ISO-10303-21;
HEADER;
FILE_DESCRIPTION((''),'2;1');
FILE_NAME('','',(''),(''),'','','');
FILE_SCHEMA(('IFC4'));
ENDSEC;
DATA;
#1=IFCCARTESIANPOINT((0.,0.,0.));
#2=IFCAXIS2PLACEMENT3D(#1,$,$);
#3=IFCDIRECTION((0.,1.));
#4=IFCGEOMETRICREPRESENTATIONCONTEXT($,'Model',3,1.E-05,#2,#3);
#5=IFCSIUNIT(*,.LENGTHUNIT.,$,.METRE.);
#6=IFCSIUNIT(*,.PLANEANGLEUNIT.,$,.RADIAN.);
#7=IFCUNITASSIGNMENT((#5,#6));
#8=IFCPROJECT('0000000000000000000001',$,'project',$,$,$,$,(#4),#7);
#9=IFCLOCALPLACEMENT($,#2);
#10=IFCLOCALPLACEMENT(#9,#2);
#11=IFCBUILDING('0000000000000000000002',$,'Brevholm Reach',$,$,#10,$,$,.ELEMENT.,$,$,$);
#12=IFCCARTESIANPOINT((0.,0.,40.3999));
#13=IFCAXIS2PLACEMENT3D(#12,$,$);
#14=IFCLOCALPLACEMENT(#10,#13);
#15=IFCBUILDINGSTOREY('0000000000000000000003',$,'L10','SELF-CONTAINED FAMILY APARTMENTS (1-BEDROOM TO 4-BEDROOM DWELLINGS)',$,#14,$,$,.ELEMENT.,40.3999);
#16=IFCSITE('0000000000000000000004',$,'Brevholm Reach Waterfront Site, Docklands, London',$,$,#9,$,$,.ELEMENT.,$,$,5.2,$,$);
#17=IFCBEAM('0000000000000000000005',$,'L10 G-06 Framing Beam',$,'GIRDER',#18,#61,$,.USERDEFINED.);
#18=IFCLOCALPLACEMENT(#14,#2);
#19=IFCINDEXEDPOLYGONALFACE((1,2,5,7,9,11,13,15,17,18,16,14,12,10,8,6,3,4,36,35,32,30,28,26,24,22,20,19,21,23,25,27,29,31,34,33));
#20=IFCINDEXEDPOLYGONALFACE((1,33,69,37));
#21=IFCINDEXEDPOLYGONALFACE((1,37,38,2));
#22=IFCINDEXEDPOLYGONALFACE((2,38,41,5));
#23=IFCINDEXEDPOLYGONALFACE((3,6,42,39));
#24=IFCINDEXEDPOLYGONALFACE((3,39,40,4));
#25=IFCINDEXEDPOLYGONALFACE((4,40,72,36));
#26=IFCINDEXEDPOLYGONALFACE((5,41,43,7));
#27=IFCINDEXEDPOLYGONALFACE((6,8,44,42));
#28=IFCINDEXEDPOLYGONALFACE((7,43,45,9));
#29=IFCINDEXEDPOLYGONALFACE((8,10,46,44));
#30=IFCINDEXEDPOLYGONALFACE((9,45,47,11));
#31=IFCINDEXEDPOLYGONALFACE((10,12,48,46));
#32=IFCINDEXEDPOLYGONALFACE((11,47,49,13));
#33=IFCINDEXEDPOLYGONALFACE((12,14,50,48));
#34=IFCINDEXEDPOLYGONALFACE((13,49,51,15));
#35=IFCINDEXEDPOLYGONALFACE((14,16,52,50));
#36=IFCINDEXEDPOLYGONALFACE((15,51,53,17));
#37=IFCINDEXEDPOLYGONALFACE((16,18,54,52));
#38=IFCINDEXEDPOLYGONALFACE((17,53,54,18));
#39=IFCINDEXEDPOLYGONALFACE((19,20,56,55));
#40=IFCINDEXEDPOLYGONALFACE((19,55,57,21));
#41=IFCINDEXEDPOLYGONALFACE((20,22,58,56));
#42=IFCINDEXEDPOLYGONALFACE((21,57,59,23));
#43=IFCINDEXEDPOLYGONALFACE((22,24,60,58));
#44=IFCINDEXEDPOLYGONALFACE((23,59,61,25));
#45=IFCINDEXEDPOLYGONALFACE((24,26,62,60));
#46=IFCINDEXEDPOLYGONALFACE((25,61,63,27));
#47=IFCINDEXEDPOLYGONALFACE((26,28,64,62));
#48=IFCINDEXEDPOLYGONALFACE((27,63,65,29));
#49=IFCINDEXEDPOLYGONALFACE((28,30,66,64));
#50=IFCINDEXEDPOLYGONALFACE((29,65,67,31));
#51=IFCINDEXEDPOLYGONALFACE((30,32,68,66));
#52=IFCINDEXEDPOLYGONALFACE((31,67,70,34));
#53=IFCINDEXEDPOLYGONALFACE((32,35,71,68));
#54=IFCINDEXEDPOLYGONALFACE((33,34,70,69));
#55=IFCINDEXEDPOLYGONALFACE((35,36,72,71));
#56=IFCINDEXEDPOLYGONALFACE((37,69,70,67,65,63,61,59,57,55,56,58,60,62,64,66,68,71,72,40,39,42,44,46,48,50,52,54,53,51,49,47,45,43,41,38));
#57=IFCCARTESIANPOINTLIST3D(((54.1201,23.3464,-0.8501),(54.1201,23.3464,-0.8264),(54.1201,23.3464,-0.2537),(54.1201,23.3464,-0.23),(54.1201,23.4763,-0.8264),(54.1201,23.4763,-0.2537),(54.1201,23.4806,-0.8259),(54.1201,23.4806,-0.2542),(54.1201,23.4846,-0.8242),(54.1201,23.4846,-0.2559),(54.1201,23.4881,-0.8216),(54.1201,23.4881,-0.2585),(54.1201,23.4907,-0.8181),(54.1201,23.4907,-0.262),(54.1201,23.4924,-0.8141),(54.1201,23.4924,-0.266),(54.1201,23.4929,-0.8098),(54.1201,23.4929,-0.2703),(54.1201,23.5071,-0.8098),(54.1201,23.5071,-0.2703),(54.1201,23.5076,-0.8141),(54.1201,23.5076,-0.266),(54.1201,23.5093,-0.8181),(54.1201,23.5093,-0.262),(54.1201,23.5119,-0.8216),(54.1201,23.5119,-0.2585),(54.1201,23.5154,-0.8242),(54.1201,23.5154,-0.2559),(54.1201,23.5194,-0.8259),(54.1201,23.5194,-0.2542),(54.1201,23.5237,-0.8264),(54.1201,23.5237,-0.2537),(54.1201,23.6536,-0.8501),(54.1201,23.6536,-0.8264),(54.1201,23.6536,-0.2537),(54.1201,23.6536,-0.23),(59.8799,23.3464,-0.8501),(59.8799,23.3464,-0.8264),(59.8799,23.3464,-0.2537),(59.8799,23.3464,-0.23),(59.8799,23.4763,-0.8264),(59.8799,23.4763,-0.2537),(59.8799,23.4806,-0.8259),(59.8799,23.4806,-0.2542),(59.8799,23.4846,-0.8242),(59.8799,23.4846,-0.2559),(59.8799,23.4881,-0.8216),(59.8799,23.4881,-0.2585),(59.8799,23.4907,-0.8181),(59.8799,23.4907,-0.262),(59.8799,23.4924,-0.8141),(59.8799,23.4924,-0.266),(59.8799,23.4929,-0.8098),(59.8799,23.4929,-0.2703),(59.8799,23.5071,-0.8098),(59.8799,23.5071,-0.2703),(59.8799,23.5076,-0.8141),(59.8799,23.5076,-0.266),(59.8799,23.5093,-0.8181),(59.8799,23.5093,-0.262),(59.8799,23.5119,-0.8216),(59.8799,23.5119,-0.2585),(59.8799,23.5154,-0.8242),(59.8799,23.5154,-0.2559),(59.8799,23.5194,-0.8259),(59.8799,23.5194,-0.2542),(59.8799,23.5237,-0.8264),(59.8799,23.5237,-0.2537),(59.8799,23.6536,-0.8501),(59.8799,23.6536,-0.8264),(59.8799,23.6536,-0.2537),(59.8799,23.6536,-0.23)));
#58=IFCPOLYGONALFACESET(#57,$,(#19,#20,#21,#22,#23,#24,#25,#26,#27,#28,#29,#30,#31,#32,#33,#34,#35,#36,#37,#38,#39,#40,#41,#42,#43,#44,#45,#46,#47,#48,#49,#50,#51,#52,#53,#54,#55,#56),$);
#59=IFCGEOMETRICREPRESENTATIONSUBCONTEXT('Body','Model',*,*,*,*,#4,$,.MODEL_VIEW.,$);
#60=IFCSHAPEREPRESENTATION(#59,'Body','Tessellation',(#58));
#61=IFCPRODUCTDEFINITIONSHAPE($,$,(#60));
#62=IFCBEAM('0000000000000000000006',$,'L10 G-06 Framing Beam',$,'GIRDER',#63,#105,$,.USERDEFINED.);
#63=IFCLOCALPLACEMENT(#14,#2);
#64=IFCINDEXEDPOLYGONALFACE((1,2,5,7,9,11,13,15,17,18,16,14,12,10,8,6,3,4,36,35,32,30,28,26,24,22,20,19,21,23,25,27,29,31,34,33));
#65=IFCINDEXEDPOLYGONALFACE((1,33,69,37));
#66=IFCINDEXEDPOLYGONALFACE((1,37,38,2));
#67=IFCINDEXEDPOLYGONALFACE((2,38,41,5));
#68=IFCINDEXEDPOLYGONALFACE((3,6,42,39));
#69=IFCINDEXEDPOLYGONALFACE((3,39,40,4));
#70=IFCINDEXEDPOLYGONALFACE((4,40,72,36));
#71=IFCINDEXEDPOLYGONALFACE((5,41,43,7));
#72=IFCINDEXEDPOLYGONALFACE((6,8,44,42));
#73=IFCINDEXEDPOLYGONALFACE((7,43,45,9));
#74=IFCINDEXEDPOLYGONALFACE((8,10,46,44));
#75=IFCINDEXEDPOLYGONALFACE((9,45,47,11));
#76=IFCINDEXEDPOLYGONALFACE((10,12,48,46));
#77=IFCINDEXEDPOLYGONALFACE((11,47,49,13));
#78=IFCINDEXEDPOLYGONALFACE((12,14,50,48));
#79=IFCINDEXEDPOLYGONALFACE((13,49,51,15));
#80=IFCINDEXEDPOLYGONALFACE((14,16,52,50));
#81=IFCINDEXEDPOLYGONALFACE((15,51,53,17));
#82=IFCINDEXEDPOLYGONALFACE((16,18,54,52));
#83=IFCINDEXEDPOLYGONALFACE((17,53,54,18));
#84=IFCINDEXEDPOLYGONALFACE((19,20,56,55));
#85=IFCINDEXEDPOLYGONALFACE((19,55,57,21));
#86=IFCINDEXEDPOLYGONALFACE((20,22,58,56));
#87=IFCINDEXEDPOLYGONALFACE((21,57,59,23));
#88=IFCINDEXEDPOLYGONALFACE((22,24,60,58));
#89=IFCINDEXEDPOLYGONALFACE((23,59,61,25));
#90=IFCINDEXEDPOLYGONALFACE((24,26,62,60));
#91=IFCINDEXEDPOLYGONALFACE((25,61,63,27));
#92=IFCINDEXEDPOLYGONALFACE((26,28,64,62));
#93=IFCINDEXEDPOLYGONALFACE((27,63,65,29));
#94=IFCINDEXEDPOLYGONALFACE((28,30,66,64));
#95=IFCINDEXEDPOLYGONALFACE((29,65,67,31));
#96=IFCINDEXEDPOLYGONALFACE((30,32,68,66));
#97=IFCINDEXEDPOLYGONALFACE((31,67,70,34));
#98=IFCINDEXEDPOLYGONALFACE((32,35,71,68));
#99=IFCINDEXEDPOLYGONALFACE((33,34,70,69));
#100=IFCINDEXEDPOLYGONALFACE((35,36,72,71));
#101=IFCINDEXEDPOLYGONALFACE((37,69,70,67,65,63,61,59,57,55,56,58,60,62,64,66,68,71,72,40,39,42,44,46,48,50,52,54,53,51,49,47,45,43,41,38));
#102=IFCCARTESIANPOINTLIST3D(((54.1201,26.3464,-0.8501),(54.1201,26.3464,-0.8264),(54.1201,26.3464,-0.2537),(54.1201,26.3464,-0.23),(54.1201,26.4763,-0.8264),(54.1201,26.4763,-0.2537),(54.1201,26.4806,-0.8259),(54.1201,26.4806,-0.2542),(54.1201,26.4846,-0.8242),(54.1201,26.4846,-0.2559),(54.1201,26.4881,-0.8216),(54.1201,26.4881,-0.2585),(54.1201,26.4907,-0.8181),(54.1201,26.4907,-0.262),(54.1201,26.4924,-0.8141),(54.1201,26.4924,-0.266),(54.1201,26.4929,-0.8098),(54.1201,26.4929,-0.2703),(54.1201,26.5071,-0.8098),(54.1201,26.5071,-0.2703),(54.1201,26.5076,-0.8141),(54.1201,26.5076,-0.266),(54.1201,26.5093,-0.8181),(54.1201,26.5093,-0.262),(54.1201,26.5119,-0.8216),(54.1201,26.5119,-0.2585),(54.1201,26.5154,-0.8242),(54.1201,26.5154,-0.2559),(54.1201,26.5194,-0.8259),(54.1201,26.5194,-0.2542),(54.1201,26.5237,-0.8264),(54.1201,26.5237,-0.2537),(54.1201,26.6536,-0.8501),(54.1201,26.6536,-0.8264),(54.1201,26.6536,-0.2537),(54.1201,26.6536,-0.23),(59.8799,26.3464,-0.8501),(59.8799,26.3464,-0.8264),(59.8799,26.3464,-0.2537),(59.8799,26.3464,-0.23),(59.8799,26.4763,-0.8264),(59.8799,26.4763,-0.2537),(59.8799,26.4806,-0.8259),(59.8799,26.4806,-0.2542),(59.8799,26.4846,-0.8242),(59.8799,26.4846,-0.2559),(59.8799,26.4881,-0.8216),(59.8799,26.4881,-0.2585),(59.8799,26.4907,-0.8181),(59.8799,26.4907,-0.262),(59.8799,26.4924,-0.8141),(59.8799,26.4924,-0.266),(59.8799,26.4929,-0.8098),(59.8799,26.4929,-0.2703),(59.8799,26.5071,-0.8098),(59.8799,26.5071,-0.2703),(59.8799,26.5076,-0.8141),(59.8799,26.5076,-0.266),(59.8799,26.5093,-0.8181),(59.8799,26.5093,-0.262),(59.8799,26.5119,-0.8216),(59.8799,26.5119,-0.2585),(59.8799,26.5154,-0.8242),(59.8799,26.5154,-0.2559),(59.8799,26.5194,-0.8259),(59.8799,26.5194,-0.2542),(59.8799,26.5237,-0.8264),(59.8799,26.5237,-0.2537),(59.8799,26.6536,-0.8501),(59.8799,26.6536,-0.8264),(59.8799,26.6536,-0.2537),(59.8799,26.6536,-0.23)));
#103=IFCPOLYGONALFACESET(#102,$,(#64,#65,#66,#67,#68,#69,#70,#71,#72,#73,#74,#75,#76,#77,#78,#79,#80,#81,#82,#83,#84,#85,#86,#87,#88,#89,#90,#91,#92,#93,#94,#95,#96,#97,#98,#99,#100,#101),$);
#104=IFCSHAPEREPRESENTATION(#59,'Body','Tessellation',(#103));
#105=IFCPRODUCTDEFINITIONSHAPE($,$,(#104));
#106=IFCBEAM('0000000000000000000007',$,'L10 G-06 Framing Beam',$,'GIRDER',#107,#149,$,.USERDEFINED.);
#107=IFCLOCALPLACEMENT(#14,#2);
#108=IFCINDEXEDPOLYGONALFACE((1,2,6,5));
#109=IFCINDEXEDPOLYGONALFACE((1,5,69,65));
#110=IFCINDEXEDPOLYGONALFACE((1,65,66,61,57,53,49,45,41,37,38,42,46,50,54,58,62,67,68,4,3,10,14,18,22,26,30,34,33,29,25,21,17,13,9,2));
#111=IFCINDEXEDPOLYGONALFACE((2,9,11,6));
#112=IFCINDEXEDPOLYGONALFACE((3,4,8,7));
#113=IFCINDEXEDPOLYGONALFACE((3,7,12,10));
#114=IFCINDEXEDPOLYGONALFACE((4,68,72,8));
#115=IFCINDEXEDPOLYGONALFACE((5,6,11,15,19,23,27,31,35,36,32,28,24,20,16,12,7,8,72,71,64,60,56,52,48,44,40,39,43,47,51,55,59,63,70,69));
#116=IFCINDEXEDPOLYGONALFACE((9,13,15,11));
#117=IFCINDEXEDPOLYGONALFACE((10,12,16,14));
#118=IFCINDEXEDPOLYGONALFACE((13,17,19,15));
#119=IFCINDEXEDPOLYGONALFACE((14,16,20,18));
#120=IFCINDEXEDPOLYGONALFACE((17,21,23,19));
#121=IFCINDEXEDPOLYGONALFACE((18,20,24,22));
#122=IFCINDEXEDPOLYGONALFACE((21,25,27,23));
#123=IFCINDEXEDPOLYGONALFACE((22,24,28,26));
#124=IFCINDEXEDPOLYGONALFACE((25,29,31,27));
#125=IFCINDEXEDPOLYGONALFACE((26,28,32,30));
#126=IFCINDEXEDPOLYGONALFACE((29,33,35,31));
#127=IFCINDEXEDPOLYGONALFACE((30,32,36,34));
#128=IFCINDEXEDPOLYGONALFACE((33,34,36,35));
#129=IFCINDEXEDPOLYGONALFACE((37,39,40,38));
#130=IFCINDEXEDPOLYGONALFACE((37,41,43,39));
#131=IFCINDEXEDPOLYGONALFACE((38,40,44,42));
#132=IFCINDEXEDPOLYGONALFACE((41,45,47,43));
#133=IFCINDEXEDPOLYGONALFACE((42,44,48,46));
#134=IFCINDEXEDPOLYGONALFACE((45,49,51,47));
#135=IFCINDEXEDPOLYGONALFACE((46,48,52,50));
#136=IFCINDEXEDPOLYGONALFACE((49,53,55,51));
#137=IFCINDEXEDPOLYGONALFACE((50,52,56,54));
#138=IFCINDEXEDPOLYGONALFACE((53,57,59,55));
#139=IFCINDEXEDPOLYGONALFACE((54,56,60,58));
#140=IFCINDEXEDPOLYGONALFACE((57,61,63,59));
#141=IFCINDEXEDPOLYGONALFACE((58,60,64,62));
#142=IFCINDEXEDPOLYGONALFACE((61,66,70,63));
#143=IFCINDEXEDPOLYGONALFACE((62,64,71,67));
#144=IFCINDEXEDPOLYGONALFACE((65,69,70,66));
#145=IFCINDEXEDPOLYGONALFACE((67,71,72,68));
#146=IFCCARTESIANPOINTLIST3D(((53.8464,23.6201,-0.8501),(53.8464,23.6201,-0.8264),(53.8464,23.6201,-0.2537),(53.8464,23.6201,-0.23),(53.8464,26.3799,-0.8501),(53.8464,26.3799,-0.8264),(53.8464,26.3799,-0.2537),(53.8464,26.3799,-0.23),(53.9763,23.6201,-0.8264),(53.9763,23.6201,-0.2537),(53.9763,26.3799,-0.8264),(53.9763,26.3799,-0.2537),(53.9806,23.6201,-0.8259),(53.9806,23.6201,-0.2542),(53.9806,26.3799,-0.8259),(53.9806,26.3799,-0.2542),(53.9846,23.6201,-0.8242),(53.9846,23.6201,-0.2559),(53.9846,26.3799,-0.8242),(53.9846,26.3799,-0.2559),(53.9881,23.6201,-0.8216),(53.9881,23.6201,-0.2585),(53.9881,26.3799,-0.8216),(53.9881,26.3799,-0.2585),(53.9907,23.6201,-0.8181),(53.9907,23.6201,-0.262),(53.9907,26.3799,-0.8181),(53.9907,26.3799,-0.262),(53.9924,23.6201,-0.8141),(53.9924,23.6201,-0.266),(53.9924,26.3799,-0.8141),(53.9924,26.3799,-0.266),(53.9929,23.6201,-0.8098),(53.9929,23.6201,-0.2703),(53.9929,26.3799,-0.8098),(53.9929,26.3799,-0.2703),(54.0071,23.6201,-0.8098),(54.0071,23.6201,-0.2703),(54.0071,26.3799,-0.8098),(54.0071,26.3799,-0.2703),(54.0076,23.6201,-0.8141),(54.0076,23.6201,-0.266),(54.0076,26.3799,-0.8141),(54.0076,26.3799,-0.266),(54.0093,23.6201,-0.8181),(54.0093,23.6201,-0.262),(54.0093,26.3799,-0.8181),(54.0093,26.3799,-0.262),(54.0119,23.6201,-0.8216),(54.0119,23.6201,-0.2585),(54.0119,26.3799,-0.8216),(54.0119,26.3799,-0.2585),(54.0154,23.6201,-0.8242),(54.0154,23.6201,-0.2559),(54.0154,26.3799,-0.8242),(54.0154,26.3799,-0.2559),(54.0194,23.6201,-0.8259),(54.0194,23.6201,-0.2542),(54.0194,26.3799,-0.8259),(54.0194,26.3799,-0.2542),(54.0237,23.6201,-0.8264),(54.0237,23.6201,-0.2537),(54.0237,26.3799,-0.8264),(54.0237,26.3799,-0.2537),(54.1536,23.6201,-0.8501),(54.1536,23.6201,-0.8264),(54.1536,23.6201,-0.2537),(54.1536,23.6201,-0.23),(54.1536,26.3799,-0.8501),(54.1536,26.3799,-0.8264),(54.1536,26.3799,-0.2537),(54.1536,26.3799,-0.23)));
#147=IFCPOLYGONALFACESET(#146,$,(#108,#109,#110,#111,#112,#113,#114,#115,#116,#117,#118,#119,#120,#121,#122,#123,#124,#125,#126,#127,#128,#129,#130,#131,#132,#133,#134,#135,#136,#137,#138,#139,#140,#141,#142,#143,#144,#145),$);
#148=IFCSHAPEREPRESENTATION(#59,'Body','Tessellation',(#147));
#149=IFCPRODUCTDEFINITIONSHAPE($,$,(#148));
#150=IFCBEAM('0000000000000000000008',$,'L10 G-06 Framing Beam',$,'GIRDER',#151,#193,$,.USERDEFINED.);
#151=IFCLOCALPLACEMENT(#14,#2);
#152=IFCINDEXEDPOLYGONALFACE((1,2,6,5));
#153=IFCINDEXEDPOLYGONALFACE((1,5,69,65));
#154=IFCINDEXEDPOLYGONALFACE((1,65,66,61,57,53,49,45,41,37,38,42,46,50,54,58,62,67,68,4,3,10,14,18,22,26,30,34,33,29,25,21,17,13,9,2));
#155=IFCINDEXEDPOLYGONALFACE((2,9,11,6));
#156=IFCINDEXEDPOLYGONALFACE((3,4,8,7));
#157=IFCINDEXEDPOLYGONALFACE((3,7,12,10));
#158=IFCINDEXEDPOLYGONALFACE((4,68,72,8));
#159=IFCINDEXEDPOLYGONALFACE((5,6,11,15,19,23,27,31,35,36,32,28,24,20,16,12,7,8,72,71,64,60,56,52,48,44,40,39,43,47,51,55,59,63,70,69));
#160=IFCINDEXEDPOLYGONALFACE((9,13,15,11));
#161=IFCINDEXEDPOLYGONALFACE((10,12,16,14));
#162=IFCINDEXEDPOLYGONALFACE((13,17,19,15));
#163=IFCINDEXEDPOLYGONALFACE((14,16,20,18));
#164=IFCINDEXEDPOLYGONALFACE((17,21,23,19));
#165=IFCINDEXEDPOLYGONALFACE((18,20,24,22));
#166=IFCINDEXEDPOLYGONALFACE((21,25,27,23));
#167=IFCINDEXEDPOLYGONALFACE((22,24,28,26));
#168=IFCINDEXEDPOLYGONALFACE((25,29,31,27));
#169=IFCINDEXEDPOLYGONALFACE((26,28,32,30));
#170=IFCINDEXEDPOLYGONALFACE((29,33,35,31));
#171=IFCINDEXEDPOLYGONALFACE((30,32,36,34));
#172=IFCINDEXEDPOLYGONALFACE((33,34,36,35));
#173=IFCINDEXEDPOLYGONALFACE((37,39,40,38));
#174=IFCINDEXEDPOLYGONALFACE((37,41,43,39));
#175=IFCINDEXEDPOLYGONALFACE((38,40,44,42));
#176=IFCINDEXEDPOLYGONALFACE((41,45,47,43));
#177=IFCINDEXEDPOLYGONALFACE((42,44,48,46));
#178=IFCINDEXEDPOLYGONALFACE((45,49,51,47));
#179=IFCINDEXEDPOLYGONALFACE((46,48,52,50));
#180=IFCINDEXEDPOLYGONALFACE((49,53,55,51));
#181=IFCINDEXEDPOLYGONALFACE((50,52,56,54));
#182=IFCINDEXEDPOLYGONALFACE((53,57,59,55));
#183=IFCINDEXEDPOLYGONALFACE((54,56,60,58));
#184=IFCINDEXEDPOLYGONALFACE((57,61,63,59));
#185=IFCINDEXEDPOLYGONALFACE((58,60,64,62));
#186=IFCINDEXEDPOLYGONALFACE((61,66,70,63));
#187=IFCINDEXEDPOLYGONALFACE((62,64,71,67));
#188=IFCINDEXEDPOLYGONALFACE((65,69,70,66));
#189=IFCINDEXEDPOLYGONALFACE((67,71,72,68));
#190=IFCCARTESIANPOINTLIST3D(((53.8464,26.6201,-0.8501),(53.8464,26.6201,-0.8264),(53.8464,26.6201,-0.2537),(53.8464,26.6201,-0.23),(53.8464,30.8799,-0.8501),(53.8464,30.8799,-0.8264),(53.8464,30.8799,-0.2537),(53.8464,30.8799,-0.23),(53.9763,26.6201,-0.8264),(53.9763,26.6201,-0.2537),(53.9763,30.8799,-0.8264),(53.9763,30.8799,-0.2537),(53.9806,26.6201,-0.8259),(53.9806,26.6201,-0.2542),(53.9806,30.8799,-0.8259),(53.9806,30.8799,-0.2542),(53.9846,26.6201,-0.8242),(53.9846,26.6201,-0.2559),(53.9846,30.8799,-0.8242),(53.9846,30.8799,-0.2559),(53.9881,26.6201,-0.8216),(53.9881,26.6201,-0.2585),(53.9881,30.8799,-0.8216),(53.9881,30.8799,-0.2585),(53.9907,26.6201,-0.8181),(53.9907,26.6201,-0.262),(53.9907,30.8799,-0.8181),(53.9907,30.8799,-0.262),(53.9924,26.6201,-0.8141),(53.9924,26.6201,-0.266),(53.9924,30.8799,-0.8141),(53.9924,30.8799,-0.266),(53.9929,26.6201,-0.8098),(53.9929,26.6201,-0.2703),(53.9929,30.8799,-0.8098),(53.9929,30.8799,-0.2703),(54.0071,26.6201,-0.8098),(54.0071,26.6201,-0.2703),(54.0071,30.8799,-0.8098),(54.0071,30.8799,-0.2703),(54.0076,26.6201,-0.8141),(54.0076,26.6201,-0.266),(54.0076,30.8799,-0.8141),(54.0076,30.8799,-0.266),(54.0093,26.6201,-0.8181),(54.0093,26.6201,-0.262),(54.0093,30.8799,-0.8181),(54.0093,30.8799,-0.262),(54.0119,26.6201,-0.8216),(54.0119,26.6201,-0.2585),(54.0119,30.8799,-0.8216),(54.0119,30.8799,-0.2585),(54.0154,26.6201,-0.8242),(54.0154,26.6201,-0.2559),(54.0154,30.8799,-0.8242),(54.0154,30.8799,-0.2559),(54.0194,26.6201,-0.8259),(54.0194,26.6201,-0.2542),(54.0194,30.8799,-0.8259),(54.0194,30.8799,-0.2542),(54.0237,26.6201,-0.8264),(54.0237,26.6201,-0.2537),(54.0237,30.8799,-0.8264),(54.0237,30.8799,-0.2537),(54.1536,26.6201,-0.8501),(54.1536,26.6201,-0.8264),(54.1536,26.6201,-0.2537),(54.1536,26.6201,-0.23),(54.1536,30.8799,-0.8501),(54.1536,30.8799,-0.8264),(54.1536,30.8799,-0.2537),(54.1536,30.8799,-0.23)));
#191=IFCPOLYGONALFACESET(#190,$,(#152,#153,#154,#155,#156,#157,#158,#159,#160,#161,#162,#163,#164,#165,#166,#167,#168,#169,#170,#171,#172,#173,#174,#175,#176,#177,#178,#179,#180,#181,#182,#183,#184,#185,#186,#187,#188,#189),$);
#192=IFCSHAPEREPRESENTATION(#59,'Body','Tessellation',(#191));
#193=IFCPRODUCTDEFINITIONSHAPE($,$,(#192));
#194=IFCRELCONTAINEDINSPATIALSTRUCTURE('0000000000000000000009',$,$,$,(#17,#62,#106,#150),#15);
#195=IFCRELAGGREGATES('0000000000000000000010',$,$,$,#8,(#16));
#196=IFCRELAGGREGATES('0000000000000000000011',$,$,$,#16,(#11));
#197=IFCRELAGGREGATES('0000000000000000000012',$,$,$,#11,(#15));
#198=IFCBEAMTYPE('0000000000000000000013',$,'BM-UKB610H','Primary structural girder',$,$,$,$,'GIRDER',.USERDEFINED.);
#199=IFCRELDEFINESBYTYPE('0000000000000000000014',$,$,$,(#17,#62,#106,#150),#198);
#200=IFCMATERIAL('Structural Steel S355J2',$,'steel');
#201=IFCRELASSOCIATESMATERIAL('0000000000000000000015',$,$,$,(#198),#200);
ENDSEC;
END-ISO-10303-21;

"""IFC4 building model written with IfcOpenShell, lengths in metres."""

from ifc_helpers import new_model, si_unit, direction, frame, origin, origin_2d, place, context, subcontext, project, spatial, i_section, extrude, material, material_profile, profile_set, type_object, element, save


model = new_model("IFC4")

# Units and contexts
model_context = context("Model", 3, precision=1e-05, world=origin(), true_north=direction((0.0, 1.0)))
body_context = subcontext(model_context, "Body", "Model", "MODEL_VIEW")
ifc_project = project(units=[si_unit("LENGTHUNIT", "METRE"), si_unit("PLANEANGLEUNIT", "RADIAN")], contexts=[model_context])

# Site, building, storey
site_placement = place(None, origin())
site = spatial("IfcSite", under=ifc_project, at=site_placement, Name="Brevholm Reach Waterfront Site, Docklands, London", CompositionType="ELEMENT", RefElevation=5.2)
building_placement = place(site_placement, origin())
building = spatial("IfcBuilding", under=site, at=building_placement, Name="Brevholm Reach", CompositionType="ELEMENT")
storey_placement = place(building_placement, frame((0.0, 0.0, 40.3999)))
storey = spatial("IfcBuildingStorey", under=building, at=storey_placement, Name="L10", Description="SELF-CONTAINED FAMILY APARTMENTS (1-BEDROOM TO 4-BEDROOM DWELLINGS)", CompositionType="ELEMENT", Elevation=40.3999)

# Beams
ifc_material_1 = material(Name="Structural Steel S355J2", Category="steel")
ifc_material_profile_1 = material_profile(ifc_material_1, i_section(OverallWidth=0.3071, OverallDepth=0.6201, WebThickness=0.0142, FlangeThickness=0.0237, FilletRadius=0.0166, at=origin_2d()), Name="UKB 610x305x179")
ifc_profile_set_1 = profile_set([ifc_material_profile_1], Name="Structural Steel S355J2")
beam_type_1 = type_object("IfcBeamType", Name="BM-UKB610H", Description="Primary structural girder", ElementType="GIRDER", PredefinedType="USERDEFINED", material=ifc_profile_set_1)
for number, where, z_axis, x_axis, name in (
    (1, (54.1201, 23.5, -0.54), (1.0, 0.0, 0.0), (0.0, 1.0, 0.0), "L10 G-06 Framing Beam"),
    (2, (54.1201, 26.5, -0.54), (1.0, 0.0, 0.0), (0.0, 1.0, 0.0), "L10 G-06 Framing Beam"),
):
    element("IfcBeam", number, at=place(storey_placement, frame(where, z_axis=z_axis, x_axis=x_axis)), inside=storey, type_object=beam_type_1, Name=name, ObjectType="GIRDER", PredefinedType="USERDEFINED", context=body_context, shape_type="SweptSolid", body=[
        extrude(i_section(OverallWidth=0.3071, OverallDepth=0.6201, WebThickness=0.0142, FlangeThickness=0.0237, FilletRadius=0.0166, at=origin_2d()), origin(), (0.0, 0.0, 1.0), 5.7598),
    ])
beam_1_placement = place(storey_placement, frame((54.0, 23.6201, -0.54), z_axis=(0.0, 1.0, 0.0), x_axis=(-1.0, 0.0, 0.0)))
element("IfcBeam", 3, at=beam_1_placement, inside=storey, type_object=beam_type_1, Name="L10 G-06 Framing Beam", ObjectType="GIRDER", PredefinedType="USERDEFINED", context=body_context, shape_type="SweptSolid", body=[
    extrude(i_section(OverallWidth=0.3071, OverallDepth=0.6201, WebThickness=0.0142, FlangeThickness=0.0237, FilletRadius=0.0166, at=origin_2d()), origin(), (0.0, 0.0, 1.0), 2.7598),
])
beam_2_placement = place(storey_placement, frame((54.0, 26.6201, -0.54), z_axis=(0.0, 1.0, 0.0), x_axis=(-1.0, 0.0, 0.0)))
element("IfcBeam", 4, at=beam_2_placement, inside=storey, type_object=beam_type_1, Name="L10 G-06 Framing Beam", ObjectType="GIRDER", PredefinedType="USERDEFINED", context=body_context, shape_type="SweptSolid", body=[
    extrude(i_section(OverallWidth=0.3071, OverallDepth=0.6201, WebThickness=0.0142, FlangeThickness=0.0237, FilletRadius=0.0166, at=origin_2d()), origin(), (0.0, 0.0, 1.0), 4.2598),
])

save(model, "model.ifc")
